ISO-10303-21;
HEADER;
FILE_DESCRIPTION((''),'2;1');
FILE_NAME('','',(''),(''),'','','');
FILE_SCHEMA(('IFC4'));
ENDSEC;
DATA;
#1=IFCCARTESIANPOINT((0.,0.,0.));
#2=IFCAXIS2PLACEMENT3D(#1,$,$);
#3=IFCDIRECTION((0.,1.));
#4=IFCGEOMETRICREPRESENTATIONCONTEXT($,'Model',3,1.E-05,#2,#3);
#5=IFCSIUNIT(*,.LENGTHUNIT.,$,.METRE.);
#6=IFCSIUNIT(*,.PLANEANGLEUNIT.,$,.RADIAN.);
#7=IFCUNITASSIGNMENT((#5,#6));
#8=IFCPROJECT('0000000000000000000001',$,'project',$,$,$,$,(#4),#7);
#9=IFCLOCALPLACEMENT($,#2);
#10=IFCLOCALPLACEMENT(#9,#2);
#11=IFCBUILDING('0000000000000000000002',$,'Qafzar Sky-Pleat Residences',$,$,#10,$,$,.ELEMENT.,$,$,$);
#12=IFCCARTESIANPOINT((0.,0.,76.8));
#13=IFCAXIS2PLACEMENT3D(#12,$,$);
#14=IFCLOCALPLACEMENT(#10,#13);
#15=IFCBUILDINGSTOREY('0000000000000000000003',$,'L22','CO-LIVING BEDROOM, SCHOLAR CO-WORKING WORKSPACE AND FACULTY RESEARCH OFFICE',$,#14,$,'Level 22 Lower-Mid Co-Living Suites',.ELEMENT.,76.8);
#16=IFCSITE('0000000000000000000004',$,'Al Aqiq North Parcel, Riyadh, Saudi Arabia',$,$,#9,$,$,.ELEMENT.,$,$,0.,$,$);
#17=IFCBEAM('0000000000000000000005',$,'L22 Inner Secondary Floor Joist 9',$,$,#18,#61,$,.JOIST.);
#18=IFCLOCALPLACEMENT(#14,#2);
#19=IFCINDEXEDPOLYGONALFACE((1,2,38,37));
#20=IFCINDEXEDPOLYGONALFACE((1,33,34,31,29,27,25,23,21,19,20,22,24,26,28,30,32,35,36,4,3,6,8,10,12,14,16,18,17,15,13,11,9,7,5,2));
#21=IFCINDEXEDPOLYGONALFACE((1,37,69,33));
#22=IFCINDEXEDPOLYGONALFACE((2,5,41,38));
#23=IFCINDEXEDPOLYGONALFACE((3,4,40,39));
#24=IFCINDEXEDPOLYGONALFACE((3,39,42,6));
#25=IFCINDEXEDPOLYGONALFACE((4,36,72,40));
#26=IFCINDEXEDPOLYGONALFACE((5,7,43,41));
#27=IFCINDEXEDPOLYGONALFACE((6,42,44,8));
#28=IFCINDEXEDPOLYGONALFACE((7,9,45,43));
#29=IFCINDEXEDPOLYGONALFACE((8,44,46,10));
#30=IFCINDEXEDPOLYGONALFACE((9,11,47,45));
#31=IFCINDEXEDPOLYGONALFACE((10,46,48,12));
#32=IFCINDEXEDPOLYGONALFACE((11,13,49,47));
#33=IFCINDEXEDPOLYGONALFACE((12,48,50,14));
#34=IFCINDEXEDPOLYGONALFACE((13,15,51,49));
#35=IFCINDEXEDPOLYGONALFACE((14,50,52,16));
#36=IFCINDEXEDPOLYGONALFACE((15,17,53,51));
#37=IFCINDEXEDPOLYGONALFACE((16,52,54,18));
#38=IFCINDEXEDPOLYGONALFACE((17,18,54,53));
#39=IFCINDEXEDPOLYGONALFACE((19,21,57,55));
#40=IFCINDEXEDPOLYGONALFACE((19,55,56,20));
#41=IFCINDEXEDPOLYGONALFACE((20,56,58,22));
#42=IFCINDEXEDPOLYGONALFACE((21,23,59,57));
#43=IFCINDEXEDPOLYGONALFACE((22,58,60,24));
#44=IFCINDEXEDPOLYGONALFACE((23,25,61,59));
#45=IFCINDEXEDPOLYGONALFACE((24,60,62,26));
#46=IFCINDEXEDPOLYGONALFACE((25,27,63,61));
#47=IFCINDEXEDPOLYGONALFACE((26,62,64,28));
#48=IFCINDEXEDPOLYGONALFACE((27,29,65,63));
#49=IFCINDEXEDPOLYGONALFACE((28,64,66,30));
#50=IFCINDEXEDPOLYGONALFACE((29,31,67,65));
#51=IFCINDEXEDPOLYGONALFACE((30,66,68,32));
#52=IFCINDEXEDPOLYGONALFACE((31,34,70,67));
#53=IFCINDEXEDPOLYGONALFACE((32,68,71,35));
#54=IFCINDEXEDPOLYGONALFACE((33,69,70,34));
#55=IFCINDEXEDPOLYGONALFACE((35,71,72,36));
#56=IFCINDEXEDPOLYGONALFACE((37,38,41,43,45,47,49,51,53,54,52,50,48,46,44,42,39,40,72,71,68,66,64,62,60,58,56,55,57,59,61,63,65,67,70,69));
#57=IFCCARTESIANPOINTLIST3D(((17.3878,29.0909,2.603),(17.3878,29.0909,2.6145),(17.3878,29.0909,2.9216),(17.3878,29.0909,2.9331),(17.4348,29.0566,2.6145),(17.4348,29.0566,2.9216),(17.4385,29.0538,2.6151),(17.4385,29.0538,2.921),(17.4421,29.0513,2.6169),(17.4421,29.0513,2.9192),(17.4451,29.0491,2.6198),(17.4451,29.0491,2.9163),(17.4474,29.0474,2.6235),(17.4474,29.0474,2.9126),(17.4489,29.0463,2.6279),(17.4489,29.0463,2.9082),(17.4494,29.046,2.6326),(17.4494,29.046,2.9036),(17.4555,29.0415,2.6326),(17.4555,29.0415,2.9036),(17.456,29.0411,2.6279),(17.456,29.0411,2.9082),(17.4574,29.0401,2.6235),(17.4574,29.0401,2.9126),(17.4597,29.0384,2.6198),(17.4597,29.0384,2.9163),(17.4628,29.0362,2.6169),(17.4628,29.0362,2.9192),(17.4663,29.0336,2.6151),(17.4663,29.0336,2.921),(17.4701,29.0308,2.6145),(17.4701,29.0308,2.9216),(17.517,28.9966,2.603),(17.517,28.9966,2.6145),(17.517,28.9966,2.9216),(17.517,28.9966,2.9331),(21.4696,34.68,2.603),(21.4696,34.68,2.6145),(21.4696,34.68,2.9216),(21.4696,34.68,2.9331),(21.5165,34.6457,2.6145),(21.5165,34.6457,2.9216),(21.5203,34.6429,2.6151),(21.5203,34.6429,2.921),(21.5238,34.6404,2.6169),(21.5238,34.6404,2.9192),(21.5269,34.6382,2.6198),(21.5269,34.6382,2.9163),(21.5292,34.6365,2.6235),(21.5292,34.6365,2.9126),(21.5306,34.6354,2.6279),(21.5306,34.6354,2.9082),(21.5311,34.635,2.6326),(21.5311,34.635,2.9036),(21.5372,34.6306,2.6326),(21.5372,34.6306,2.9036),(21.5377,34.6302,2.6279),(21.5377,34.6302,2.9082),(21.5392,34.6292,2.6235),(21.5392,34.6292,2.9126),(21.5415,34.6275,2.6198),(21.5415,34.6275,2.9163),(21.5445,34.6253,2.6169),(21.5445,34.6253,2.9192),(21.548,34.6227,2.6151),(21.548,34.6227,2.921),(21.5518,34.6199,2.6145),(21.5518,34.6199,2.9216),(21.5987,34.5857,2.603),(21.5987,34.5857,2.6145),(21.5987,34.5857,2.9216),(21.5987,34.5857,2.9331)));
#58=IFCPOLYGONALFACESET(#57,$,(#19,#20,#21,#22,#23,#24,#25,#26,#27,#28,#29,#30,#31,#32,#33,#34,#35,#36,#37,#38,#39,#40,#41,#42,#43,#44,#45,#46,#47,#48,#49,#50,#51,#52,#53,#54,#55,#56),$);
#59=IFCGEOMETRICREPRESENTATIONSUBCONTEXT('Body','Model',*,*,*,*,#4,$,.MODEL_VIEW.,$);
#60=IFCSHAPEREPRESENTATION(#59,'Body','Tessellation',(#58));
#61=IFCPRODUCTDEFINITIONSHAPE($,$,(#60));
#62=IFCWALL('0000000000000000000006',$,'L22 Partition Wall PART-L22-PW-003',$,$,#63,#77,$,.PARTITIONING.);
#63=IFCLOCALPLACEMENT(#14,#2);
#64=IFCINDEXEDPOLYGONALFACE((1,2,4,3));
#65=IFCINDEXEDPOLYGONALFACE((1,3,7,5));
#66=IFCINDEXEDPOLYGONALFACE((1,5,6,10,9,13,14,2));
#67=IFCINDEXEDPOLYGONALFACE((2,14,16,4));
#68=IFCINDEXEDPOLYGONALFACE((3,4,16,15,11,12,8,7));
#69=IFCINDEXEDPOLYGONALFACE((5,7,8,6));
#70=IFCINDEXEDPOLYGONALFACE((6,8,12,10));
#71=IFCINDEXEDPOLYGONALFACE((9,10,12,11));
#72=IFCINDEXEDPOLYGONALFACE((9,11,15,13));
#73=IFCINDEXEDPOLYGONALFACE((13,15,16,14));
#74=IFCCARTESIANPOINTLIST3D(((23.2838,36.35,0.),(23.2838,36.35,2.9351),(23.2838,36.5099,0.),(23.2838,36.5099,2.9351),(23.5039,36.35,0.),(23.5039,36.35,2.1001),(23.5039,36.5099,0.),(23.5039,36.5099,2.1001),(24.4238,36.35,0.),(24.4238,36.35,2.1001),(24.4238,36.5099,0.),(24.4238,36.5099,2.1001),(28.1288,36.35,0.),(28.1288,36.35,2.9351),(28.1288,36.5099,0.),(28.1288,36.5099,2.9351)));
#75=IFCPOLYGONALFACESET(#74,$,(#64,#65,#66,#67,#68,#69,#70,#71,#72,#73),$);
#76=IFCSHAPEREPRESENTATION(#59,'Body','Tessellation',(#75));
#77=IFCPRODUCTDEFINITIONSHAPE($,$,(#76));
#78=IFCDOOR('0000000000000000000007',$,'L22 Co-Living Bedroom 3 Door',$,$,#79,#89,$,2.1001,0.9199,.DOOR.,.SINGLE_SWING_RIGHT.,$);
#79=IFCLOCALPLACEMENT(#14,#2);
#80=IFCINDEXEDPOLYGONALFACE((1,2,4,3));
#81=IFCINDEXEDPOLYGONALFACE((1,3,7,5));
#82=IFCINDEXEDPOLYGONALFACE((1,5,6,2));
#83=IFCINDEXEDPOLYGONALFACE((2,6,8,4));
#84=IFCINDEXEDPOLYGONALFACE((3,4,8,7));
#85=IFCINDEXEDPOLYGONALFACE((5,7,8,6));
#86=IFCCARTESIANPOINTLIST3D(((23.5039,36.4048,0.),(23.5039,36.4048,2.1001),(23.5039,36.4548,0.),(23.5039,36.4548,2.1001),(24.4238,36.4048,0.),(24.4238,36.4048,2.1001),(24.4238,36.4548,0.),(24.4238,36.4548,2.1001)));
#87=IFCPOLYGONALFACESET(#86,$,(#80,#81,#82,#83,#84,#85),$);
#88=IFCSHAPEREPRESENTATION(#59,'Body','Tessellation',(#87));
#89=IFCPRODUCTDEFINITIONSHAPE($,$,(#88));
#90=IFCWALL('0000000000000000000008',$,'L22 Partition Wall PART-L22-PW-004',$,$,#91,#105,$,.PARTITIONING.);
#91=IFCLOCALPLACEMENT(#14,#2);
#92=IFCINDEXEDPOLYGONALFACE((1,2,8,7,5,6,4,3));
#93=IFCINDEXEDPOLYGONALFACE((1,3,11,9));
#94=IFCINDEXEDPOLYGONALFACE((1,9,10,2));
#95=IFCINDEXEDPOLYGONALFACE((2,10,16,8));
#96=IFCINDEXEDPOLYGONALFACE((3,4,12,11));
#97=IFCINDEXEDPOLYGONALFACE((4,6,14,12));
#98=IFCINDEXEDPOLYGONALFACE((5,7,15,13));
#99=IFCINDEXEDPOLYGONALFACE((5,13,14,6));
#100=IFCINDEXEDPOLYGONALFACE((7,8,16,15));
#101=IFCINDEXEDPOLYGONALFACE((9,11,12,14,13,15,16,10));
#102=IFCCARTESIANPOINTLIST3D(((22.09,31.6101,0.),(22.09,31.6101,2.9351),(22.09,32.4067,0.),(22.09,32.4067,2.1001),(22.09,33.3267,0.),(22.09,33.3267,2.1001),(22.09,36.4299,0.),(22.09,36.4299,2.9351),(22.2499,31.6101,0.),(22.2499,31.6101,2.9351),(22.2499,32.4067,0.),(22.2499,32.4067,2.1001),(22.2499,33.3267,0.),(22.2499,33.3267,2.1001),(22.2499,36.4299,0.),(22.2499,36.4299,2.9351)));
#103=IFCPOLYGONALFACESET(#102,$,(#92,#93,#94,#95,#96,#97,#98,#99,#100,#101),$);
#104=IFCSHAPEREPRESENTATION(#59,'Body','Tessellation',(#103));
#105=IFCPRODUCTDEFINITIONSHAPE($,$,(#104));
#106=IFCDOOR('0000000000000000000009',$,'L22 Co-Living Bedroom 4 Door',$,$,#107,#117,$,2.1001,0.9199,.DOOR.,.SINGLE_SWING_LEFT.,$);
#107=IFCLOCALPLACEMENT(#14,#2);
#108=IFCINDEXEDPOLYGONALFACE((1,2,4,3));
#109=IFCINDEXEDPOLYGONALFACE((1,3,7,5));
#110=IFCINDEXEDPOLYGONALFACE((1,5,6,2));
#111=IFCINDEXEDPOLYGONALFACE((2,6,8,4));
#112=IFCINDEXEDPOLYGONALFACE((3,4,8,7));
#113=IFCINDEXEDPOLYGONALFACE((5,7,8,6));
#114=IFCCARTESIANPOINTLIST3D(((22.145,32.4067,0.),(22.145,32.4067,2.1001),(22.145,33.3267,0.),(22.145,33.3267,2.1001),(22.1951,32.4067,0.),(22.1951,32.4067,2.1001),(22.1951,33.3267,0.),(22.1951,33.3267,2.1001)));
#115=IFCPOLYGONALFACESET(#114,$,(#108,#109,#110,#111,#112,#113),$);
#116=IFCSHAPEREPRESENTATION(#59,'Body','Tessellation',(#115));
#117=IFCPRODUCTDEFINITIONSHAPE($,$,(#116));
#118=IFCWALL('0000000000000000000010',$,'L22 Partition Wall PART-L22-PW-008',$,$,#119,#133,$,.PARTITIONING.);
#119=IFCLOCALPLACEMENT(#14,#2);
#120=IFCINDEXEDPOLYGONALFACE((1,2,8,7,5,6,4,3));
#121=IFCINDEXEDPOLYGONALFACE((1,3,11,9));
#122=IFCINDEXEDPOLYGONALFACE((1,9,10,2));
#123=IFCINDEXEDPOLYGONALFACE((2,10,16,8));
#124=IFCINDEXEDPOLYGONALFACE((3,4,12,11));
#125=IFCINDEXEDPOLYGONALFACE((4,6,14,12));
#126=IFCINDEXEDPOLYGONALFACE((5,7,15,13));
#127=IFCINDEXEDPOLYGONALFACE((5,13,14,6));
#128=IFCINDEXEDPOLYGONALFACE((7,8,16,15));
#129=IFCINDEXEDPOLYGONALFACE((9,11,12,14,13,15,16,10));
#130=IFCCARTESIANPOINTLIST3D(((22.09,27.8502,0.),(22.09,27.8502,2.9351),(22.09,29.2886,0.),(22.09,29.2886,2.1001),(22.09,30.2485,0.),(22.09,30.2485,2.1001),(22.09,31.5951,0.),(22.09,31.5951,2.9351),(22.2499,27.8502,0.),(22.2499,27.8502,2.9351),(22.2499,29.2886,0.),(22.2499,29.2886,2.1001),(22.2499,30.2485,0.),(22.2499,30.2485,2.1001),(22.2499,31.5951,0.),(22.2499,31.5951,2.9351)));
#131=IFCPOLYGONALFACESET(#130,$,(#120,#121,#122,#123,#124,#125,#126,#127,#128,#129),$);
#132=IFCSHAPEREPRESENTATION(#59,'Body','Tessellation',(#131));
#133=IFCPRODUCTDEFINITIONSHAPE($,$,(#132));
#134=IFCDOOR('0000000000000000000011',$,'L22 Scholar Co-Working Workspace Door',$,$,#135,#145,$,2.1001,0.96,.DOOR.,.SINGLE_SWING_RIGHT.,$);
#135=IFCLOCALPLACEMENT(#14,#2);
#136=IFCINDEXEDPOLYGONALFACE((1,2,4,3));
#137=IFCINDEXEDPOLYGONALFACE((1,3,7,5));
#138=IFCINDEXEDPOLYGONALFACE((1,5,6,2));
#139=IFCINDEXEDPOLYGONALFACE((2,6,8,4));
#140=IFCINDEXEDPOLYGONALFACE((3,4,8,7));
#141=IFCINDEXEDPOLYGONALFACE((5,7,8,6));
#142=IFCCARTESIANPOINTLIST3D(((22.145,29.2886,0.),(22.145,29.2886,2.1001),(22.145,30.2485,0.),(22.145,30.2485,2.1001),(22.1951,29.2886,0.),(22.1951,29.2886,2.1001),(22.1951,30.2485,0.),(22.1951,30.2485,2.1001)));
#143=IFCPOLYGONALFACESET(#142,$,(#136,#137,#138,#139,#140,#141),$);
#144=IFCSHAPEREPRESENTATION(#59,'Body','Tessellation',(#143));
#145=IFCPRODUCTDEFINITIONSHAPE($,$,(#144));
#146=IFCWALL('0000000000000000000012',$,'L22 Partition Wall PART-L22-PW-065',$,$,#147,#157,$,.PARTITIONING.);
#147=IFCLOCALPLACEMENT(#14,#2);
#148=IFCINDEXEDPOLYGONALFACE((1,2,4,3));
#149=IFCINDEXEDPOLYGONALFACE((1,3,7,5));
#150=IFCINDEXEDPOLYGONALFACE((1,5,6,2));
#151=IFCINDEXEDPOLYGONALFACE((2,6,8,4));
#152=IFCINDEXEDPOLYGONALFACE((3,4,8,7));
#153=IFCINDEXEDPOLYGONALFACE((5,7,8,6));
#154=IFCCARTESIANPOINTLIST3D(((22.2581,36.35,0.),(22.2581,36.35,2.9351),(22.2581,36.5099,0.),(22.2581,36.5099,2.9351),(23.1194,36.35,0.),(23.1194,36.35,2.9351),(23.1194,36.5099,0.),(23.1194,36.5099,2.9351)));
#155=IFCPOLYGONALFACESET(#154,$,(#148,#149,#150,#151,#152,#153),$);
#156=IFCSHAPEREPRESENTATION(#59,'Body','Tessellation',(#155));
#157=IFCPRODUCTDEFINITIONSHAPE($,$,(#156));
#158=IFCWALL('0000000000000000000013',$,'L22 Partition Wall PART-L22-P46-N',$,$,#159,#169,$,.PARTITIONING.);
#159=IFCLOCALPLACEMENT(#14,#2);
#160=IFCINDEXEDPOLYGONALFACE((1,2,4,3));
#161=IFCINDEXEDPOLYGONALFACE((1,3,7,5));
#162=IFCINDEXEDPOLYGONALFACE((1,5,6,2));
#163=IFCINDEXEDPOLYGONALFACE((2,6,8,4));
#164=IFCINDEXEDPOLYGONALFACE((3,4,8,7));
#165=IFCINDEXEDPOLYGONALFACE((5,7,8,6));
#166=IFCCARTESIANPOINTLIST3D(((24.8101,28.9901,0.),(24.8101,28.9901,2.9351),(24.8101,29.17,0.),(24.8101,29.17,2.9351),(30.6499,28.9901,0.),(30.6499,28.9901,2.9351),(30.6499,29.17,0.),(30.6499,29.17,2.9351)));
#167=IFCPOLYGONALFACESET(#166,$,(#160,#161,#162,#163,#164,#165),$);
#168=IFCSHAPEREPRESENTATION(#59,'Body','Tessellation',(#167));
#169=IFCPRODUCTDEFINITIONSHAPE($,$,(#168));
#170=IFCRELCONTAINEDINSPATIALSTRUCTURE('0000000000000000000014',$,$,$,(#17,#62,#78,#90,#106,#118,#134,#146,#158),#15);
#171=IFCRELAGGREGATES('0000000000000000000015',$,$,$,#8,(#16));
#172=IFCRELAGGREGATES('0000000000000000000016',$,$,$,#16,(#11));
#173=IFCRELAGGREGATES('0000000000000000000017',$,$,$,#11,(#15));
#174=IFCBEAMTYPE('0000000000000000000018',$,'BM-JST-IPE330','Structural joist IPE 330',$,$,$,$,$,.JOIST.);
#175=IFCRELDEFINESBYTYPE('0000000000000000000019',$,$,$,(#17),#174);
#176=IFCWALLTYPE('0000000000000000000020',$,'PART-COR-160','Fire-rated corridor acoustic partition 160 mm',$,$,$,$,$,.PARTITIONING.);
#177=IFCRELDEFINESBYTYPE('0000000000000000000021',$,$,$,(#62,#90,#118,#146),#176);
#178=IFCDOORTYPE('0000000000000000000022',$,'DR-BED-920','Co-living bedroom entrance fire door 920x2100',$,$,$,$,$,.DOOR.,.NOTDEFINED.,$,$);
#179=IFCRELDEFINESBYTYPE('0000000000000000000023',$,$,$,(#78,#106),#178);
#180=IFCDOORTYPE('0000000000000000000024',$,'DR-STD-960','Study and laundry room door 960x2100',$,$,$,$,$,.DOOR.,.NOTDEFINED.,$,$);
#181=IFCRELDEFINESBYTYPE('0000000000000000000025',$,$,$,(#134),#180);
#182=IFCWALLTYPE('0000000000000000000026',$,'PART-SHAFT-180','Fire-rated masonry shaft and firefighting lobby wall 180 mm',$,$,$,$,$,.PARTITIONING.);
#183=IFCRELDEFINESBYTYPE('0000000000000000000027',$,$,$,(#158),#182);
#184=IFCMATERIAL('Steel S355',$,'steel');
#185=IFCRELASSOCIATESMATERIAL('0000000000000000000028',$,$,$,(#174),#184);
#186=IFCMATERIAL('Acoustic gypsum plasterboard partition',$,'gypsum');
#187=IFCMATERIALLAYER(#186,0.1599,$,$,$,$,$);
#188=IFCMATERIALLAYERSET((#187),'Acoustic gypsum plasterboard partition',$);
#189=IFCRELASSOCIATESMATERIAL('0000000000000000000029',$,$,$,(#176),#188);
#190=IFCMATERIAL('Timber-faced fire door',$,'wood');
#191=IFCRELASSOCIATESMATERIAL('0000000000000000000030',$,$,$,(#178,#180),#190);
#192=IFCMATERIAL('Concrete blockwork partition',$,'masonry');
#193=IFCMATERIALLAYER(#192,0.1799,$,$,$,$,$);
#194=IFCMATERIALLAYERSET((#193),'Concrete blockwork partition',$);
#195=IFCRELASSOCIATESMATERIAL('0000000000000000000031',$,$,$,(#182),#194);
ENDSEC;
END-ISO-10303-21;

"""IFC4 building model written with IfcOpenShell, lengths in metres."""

from ifc_helpers import new_model, si_unit, direction, frame, frame_2d, origin, origin_2d, place, context, subcontext, project, spatial, rectangle, i_section, extrude, source, transform, mapped, material, layer, layer_set, material_profile, profile_set, type_object, element, fill, save


model = new_model("IFC4")

# Units and contexts
model_context = context("Model", 3, precision=1e-05, world=origin(), true_north=direction((0.0, 1.0)))
body_context = subcontext(model_context, "Body", "Model", "MODEL_VIEW")
ifc_project = project(units=[si_unit("LENGTHUNIT", "METRE"), si_unit("PLANEANGLEUNIT", "RADIAN")], contexts=[model_context])

# Site, building, storey
site_placement = place(None, origin())
site = spatial("IfcSite", under=ifc_project, at=site_placement, Name="Al Aqiq North Parcel, Riyadh, Saudi Arabia", CompositionType="ELEMENT", RefElevation=0.0)
building_placement = place(site_placement, origin())
building = spatial("IfcBuilding", under=site, at=building_placement, Name="Qafzar Sky-Pleat Residences", CompositionType="ELEMENT")
storey_placement = place(building_placement, frame((0.0, 0.0, 76.8)))
storey = spatial("IfcBuildingStorey", under=building, at=storey_placement, Name="L22", Description="CO-LIVING BEDROOM, SCHOLAR CO-WORKING WORKSPACE AND FACULTY RESEARCH OFFICE", LongName="Level 22 Lower-Mid Co-Living Suites", CompositionType="ELEMENT", Elevation=76.8)

# Beam
ifc_material_1 = material(Name="Steel S355", Category="steel")
ifc_material_profile = material_profile(ifc_material_1, i_section(OverallWidth=0.1599, OverallDepth=0.3301, WebThickness=0.0076, FlangeThickness=0.0115, FilletRadius=0.0181, at=origin_2d()), Name="IPE 330")
ifc_profile_set = profile_set([ifc_material_profile], Name="Steel S355")
beam_type = type_object("IfcBeamType", Name="BM-JST-IPE330", Description="Structural joist IPE 330", PredefinedType="JOIST", material=ifc_profile_set)
shared_shape_1 = source(origin(), body_context, "Body", "SweptSolid", [
    extrude(i_section(OverallWidth=0.1599, OverallDepth=0.3301, WebThickness=0.0076, FlangeThickness=0.0115, FilletRadius=0.0181, at=origin_2d()), origin(), (0.0, 0.0, 1.0), 6.9209),
])
beam_placement = place(storey_placement, frame((21.5342, 34.6328, 2.7681), z_axis=(-0.589775, -0.807568, 0.0), x_axis=(0.807568, -0.589775, 0.0)))
element("IfcBeam", 1, at=beam_placement, inside=storey, type_object=beam_type, Name="L22 Inner Secondary Floor Joist 9", PredefinedType="JOIST", context=body_context, shape_type="MappedRepresentation", body=[
    mapped(shared_shape_1, transform((0.0, 0.0, 0.0), x_axis=(1.0, 0.0, 0.0), y_axis=(0.0, 1.0, 0.0), z_axis=(0.0, 0.0, 1.0), scale=1.0)),
])

# Walls, openings, doors
ifc_material_2 = material(Name="Acoustic gypsum plasterboard partition", Category="gypsum")
ifc_layer_1 = layer(ifc_material_2, 0.1599)
ifc_layer_set_1 = layer_set([ifc_layer_1], Name="Acoustic gypsum plasterboard partition")
wall_type_1 = type_object("IfcWallType", Name="PART-COR-160", Description="Fire-rated corridor acoustic partition 160 mm", PredefinedType="PARTITIONING", material=ifc_layer_set_1)
wall_1_placement = place(storey_placement, frame((23.2839, 36.4299, 0.0), z_axis=(0.0, 0.0, 1.0), x_axis=(1.0, 0.0, 0.0)))
wall_1 = element("IfcWall", 2, at=wall_1_placement, inside=storey, type_object=wall_type_1, Name="L22 Partition Wall PART-L22-PW-003", PredefinedType="PARTITIONING", context=body_context, shape_type="SweptSolid", body=[
    extrude(rectangle(XDim=4.845, YDim=0.1599, at=frame_2d((2.4224, 0.0))), origin(), (0.0, 0.0, 1.0), 2.9351),
])
opening_1_placement = place(wall_1_placement, frame((0.22, 0.0, 0.0)))
opening_1 = element("IfcOpeningElement", 3, at=opening_1_placement, cuts=wall_1, PredefinedType="OPENING", context=body_context, shape_type="SweptSolid", body=[
    extrude(rectangle(XDim=0.9199, YDim=2.1001, at=frame_2d((0.46, 1.05))), frame((0.0, 0.0898, 0.0), z_axis=(0.0, -1.0, 0.0), x_axis=(1.0, 0.0, 0.0)), (0.0, 0.0, 1.0), 0.1799),
])
ifc_material_3 = material(Name="Timber-faced fire door", Category="wood")
door_type_1 = type_object("IfcDoorType", Name="DR-BED-920", Description="Co-living bedroom entrance fire door 920x2100", OperationType="NOTDEFINED", PredefinedType="DOOR", material=ifc_material_3)
shared_shape_2 = source(origin(), body_context, "Body", "SweptSolid", [
    extrude(rectangle(XDim=0.9199, YDim=2.1001, at=frame_2d((0.46, 1.05))), frame((0.0, 0.0249, 0.0), z_axis=(0.0, -1.0, 0.0), x_axis=(1.0, 0.0, 0.0)), (0.0, 0.0, 1.0), 0.05),
])
door_1_placement = place(opening_1_placement, origin())
door_1 = element("IfcDoor", 4, at=door_1_placement, inside=storey, type_object=door_type_1, Name="L22 Co-Living Bedroom 3 Door", OperationType="SINGLE_SWING_RIGHT", OverallHeight=2.1001, OverallWidth=0.9199, PredefinedType="DOOR", context=body_context, shape_type="MappedRepresentation", body=[
    mapped(shared_shape_2, transform((0.0, 0.0, 0.0), x_axis=(1.0, 0.0, 0.0), y_axis=(0.0, 1.0, 0.0), z_axis=(0.0, 0.0, 1.0), scale=1.0)),
])
fill(opening_1, door_1)
wall_2_placement = place(storey_placement, frame((22.1699, 31.6101, 0.0), z_axis=(0.0, 0.0, 1.0), x_axis=(0.0, 1.0, 0.0)))
wall_2 = element("IfcWall", 5, at=wall_2_placement, inside=storey, type_object=wall_type_1, Name="L22 Partition Wall PART-L22-PW-004", PredefinedType="PARTITIONING", context=body_context, shape_type="SweptSolid", body=[
    extrude(rectangle(XDim=4.8198, YDim=0.1599, at=frame_2d((2.4099, 0.0))), origin(), (0.0, 0.0, 1.0), 2.9351),
])
opening_2_placement = place(wall_2_placement, frame((0.7966, 0.0, 0.0)))
opening_2 = element("IfcOpeningElement", 6, at=opening_2_placement, cuts=wall_2, PredefinedType="OPENING", context=body_context, shape_type="SweptSolid", body=[
    extrude(rectangle(XDim=0.9199, YDim=2.1001, at=frame_2d((0.46, 1.05))), frame((0.0, 0.0898, 0.0), z_axis=(0.0, -1.0, 0.0), x_axis=(1.0, 0.0, 0.0)), (0.0, 0.0, 1.0), 0.1799),
])
door_2_placement = place(opening_2_placement, origin())
door_2 = element("IfcDoor", 7, at=door_2_placement, inside=storey, type_object=door_type_1, Name="L22 Co-Living Bedroom 4 Door", OperationType="SINGLE_SWING_LEFT", OverallHeight=2.1001, OverallWidth=0.9199, PredefinedType="DOOR", context=body_context, shape_type="MappedRepresentation", body=[
    mapped(shared_shape_2, transform((0.0, 0.0, 0.0), x_axis=(1.0, 0.0, 0.0), y_axis=(0.0, 1.0, 0.0), z_axis=(0.0, 0.0, 1.0), scale=1.0)),
])
fill(opening_2, door_2)
wall_3_placement = place(storey_placement, frame((22.1699, 27.8501, 0.0), z_axis=(0.0, 0.0, 1.0), x_axis=(0.0, 1.0, 0.0)))
wall_3 = element("IfcWall", 8, at=wall_3_placement, inside=storey, type_object=wall_type_1, Name="L22 Partition Wall PART-L22-PW-008", PredefinedType="PARTITIONING", context=body_context, shape_type="SweptSolid", body=[
    extrude(rectangle(XDim=3.7449, YDim=0.1599, at=frame_2d((1.8726, 0.0))), origin(), (0.0, 0.0, 1.0), 2.9351),
])
opening_3_placement = place(wall_3_placement, frame((1.4385, 0.0, 0.0)))
opening_3 = element("IfcOpeningElement", 9, at=opening_3_placement, cuts=wall_3, PredefinedType="OPENING", context=body_context, shape_type="SweptSolid", body=[
    extrude(rectangle(XDim=0.96, YDim=2.1001, at=frame_2d((0.48, 1.05))), frame((0.0, 0.0898, 0.0), z_axis=(0.0, -1.0, 0.0), x_axis=(1.0, 0.0, 0.0)), (0.0, 0.0, 1.0), 0.1799),
])
door_type_2 = type_object("IfcDoorType", Name="DR-STD-960", Description="Study and laundry room door 960x2100", OperationType="NOTDEFINED", PredefinedType="DOOR", material=ifc_material_3)
shared_shape_3 = source(origin(), body_context, "Body", "SweptSolid", [
    extrude(rectangle(XDim=0.96, YDim=2.1001, at=frame_2d((0.48, 1.05))), frame((0.0, 0.0249, 0.0), z_axis=(0.0, -1.0, 0.0), x_axis=(1.0, 0.0, 0.0)), (0.0, 0.0, 1.0), 0.05),
])
door_3_placement = place(opening_3_placement, origin())
door_3 = element("IfcDoor", 10, at=door_3_placement, inside=storey, type_object=door_type_2, Name="L22 Scholar Co-Working Workspace Door", OperationType="SINGLE_SWING_RIGHT", OverallHeight=2.1001, OverallWidth=0.96, PredefinedType="DOOR", context=body_context, shape_type="MappedRepresentation", body=[
    mapped(shared_shape_3, transform((0.0, 0.0, 0.0), x_axis=(1.0, 0.0, 0.0), y_axis=(0.0, 1.0, 0.0), z_axis=(0.0, 0.0, 1.0), scale=1.0)),
])
fill(opening_3, door_3)

# Walls
wall_4_placement = place(storey_placement, frame((22.2581, 36.4299, 0.0), z_axis=(0.0, 0.0, 1.0), x_axis=(1.0, 0.0, 0.0)))
element("IfcWall", 11, at=wall_4_placement, inside=storey, type_object=wall_type_1, Name="L22 Partition Wall PART-L22-PW-065", PredefinedType="PARTITIONING", context=body_context, shape_type="SweptSolid", body=[
    extrude(rectangle(XDim=0.8613, YDim=0.1599, at=frame_2d((0.4307, 0.0))), origin(), (0.0, 0.0, 1.0), 2.9351),
])
ifc_material_4 = material(Name="Concrete blockwork partition", Category="masonry")
ifc_layer_2 = layer(ifc_material_4, 0.1799)
ifc_layer_set_2 = layer_set([ifc_layer_2], Name="Concrete blockwork partition")
wall_type_2 = type_object("IfcWallType", Name="PART-SHAFT-180", Description="Fire-rated masonry shaft and firefighting lobby wall 180 mm", PredefinedType="PARTITIONING", material=ifc_layer_set_2)
wall_5_placement = place(storey_placement, frame((24.8101, 29.0801, 0.0), z_axis=(0.0, 0.0, 1.0), x_axis=(1.0, 0.0, 0.0)))
element("IfcWall", 12, at=wall_5_placement, inside=storey, type_object=wall_type_2, Name="L22 Partition Wall PART-L22-P46-N", PredefinedType="PARTITIONING", context=body_context, shape_type="SweptSolid", body=[
    extrude(rectangle(XDim=5.8398, YDim=0.1799, at=frame_2d((2.9199, 0.0))), origin(), (0.0, 0.0, 1.0), 2.9351),
])

save(model, "model.ifc")
